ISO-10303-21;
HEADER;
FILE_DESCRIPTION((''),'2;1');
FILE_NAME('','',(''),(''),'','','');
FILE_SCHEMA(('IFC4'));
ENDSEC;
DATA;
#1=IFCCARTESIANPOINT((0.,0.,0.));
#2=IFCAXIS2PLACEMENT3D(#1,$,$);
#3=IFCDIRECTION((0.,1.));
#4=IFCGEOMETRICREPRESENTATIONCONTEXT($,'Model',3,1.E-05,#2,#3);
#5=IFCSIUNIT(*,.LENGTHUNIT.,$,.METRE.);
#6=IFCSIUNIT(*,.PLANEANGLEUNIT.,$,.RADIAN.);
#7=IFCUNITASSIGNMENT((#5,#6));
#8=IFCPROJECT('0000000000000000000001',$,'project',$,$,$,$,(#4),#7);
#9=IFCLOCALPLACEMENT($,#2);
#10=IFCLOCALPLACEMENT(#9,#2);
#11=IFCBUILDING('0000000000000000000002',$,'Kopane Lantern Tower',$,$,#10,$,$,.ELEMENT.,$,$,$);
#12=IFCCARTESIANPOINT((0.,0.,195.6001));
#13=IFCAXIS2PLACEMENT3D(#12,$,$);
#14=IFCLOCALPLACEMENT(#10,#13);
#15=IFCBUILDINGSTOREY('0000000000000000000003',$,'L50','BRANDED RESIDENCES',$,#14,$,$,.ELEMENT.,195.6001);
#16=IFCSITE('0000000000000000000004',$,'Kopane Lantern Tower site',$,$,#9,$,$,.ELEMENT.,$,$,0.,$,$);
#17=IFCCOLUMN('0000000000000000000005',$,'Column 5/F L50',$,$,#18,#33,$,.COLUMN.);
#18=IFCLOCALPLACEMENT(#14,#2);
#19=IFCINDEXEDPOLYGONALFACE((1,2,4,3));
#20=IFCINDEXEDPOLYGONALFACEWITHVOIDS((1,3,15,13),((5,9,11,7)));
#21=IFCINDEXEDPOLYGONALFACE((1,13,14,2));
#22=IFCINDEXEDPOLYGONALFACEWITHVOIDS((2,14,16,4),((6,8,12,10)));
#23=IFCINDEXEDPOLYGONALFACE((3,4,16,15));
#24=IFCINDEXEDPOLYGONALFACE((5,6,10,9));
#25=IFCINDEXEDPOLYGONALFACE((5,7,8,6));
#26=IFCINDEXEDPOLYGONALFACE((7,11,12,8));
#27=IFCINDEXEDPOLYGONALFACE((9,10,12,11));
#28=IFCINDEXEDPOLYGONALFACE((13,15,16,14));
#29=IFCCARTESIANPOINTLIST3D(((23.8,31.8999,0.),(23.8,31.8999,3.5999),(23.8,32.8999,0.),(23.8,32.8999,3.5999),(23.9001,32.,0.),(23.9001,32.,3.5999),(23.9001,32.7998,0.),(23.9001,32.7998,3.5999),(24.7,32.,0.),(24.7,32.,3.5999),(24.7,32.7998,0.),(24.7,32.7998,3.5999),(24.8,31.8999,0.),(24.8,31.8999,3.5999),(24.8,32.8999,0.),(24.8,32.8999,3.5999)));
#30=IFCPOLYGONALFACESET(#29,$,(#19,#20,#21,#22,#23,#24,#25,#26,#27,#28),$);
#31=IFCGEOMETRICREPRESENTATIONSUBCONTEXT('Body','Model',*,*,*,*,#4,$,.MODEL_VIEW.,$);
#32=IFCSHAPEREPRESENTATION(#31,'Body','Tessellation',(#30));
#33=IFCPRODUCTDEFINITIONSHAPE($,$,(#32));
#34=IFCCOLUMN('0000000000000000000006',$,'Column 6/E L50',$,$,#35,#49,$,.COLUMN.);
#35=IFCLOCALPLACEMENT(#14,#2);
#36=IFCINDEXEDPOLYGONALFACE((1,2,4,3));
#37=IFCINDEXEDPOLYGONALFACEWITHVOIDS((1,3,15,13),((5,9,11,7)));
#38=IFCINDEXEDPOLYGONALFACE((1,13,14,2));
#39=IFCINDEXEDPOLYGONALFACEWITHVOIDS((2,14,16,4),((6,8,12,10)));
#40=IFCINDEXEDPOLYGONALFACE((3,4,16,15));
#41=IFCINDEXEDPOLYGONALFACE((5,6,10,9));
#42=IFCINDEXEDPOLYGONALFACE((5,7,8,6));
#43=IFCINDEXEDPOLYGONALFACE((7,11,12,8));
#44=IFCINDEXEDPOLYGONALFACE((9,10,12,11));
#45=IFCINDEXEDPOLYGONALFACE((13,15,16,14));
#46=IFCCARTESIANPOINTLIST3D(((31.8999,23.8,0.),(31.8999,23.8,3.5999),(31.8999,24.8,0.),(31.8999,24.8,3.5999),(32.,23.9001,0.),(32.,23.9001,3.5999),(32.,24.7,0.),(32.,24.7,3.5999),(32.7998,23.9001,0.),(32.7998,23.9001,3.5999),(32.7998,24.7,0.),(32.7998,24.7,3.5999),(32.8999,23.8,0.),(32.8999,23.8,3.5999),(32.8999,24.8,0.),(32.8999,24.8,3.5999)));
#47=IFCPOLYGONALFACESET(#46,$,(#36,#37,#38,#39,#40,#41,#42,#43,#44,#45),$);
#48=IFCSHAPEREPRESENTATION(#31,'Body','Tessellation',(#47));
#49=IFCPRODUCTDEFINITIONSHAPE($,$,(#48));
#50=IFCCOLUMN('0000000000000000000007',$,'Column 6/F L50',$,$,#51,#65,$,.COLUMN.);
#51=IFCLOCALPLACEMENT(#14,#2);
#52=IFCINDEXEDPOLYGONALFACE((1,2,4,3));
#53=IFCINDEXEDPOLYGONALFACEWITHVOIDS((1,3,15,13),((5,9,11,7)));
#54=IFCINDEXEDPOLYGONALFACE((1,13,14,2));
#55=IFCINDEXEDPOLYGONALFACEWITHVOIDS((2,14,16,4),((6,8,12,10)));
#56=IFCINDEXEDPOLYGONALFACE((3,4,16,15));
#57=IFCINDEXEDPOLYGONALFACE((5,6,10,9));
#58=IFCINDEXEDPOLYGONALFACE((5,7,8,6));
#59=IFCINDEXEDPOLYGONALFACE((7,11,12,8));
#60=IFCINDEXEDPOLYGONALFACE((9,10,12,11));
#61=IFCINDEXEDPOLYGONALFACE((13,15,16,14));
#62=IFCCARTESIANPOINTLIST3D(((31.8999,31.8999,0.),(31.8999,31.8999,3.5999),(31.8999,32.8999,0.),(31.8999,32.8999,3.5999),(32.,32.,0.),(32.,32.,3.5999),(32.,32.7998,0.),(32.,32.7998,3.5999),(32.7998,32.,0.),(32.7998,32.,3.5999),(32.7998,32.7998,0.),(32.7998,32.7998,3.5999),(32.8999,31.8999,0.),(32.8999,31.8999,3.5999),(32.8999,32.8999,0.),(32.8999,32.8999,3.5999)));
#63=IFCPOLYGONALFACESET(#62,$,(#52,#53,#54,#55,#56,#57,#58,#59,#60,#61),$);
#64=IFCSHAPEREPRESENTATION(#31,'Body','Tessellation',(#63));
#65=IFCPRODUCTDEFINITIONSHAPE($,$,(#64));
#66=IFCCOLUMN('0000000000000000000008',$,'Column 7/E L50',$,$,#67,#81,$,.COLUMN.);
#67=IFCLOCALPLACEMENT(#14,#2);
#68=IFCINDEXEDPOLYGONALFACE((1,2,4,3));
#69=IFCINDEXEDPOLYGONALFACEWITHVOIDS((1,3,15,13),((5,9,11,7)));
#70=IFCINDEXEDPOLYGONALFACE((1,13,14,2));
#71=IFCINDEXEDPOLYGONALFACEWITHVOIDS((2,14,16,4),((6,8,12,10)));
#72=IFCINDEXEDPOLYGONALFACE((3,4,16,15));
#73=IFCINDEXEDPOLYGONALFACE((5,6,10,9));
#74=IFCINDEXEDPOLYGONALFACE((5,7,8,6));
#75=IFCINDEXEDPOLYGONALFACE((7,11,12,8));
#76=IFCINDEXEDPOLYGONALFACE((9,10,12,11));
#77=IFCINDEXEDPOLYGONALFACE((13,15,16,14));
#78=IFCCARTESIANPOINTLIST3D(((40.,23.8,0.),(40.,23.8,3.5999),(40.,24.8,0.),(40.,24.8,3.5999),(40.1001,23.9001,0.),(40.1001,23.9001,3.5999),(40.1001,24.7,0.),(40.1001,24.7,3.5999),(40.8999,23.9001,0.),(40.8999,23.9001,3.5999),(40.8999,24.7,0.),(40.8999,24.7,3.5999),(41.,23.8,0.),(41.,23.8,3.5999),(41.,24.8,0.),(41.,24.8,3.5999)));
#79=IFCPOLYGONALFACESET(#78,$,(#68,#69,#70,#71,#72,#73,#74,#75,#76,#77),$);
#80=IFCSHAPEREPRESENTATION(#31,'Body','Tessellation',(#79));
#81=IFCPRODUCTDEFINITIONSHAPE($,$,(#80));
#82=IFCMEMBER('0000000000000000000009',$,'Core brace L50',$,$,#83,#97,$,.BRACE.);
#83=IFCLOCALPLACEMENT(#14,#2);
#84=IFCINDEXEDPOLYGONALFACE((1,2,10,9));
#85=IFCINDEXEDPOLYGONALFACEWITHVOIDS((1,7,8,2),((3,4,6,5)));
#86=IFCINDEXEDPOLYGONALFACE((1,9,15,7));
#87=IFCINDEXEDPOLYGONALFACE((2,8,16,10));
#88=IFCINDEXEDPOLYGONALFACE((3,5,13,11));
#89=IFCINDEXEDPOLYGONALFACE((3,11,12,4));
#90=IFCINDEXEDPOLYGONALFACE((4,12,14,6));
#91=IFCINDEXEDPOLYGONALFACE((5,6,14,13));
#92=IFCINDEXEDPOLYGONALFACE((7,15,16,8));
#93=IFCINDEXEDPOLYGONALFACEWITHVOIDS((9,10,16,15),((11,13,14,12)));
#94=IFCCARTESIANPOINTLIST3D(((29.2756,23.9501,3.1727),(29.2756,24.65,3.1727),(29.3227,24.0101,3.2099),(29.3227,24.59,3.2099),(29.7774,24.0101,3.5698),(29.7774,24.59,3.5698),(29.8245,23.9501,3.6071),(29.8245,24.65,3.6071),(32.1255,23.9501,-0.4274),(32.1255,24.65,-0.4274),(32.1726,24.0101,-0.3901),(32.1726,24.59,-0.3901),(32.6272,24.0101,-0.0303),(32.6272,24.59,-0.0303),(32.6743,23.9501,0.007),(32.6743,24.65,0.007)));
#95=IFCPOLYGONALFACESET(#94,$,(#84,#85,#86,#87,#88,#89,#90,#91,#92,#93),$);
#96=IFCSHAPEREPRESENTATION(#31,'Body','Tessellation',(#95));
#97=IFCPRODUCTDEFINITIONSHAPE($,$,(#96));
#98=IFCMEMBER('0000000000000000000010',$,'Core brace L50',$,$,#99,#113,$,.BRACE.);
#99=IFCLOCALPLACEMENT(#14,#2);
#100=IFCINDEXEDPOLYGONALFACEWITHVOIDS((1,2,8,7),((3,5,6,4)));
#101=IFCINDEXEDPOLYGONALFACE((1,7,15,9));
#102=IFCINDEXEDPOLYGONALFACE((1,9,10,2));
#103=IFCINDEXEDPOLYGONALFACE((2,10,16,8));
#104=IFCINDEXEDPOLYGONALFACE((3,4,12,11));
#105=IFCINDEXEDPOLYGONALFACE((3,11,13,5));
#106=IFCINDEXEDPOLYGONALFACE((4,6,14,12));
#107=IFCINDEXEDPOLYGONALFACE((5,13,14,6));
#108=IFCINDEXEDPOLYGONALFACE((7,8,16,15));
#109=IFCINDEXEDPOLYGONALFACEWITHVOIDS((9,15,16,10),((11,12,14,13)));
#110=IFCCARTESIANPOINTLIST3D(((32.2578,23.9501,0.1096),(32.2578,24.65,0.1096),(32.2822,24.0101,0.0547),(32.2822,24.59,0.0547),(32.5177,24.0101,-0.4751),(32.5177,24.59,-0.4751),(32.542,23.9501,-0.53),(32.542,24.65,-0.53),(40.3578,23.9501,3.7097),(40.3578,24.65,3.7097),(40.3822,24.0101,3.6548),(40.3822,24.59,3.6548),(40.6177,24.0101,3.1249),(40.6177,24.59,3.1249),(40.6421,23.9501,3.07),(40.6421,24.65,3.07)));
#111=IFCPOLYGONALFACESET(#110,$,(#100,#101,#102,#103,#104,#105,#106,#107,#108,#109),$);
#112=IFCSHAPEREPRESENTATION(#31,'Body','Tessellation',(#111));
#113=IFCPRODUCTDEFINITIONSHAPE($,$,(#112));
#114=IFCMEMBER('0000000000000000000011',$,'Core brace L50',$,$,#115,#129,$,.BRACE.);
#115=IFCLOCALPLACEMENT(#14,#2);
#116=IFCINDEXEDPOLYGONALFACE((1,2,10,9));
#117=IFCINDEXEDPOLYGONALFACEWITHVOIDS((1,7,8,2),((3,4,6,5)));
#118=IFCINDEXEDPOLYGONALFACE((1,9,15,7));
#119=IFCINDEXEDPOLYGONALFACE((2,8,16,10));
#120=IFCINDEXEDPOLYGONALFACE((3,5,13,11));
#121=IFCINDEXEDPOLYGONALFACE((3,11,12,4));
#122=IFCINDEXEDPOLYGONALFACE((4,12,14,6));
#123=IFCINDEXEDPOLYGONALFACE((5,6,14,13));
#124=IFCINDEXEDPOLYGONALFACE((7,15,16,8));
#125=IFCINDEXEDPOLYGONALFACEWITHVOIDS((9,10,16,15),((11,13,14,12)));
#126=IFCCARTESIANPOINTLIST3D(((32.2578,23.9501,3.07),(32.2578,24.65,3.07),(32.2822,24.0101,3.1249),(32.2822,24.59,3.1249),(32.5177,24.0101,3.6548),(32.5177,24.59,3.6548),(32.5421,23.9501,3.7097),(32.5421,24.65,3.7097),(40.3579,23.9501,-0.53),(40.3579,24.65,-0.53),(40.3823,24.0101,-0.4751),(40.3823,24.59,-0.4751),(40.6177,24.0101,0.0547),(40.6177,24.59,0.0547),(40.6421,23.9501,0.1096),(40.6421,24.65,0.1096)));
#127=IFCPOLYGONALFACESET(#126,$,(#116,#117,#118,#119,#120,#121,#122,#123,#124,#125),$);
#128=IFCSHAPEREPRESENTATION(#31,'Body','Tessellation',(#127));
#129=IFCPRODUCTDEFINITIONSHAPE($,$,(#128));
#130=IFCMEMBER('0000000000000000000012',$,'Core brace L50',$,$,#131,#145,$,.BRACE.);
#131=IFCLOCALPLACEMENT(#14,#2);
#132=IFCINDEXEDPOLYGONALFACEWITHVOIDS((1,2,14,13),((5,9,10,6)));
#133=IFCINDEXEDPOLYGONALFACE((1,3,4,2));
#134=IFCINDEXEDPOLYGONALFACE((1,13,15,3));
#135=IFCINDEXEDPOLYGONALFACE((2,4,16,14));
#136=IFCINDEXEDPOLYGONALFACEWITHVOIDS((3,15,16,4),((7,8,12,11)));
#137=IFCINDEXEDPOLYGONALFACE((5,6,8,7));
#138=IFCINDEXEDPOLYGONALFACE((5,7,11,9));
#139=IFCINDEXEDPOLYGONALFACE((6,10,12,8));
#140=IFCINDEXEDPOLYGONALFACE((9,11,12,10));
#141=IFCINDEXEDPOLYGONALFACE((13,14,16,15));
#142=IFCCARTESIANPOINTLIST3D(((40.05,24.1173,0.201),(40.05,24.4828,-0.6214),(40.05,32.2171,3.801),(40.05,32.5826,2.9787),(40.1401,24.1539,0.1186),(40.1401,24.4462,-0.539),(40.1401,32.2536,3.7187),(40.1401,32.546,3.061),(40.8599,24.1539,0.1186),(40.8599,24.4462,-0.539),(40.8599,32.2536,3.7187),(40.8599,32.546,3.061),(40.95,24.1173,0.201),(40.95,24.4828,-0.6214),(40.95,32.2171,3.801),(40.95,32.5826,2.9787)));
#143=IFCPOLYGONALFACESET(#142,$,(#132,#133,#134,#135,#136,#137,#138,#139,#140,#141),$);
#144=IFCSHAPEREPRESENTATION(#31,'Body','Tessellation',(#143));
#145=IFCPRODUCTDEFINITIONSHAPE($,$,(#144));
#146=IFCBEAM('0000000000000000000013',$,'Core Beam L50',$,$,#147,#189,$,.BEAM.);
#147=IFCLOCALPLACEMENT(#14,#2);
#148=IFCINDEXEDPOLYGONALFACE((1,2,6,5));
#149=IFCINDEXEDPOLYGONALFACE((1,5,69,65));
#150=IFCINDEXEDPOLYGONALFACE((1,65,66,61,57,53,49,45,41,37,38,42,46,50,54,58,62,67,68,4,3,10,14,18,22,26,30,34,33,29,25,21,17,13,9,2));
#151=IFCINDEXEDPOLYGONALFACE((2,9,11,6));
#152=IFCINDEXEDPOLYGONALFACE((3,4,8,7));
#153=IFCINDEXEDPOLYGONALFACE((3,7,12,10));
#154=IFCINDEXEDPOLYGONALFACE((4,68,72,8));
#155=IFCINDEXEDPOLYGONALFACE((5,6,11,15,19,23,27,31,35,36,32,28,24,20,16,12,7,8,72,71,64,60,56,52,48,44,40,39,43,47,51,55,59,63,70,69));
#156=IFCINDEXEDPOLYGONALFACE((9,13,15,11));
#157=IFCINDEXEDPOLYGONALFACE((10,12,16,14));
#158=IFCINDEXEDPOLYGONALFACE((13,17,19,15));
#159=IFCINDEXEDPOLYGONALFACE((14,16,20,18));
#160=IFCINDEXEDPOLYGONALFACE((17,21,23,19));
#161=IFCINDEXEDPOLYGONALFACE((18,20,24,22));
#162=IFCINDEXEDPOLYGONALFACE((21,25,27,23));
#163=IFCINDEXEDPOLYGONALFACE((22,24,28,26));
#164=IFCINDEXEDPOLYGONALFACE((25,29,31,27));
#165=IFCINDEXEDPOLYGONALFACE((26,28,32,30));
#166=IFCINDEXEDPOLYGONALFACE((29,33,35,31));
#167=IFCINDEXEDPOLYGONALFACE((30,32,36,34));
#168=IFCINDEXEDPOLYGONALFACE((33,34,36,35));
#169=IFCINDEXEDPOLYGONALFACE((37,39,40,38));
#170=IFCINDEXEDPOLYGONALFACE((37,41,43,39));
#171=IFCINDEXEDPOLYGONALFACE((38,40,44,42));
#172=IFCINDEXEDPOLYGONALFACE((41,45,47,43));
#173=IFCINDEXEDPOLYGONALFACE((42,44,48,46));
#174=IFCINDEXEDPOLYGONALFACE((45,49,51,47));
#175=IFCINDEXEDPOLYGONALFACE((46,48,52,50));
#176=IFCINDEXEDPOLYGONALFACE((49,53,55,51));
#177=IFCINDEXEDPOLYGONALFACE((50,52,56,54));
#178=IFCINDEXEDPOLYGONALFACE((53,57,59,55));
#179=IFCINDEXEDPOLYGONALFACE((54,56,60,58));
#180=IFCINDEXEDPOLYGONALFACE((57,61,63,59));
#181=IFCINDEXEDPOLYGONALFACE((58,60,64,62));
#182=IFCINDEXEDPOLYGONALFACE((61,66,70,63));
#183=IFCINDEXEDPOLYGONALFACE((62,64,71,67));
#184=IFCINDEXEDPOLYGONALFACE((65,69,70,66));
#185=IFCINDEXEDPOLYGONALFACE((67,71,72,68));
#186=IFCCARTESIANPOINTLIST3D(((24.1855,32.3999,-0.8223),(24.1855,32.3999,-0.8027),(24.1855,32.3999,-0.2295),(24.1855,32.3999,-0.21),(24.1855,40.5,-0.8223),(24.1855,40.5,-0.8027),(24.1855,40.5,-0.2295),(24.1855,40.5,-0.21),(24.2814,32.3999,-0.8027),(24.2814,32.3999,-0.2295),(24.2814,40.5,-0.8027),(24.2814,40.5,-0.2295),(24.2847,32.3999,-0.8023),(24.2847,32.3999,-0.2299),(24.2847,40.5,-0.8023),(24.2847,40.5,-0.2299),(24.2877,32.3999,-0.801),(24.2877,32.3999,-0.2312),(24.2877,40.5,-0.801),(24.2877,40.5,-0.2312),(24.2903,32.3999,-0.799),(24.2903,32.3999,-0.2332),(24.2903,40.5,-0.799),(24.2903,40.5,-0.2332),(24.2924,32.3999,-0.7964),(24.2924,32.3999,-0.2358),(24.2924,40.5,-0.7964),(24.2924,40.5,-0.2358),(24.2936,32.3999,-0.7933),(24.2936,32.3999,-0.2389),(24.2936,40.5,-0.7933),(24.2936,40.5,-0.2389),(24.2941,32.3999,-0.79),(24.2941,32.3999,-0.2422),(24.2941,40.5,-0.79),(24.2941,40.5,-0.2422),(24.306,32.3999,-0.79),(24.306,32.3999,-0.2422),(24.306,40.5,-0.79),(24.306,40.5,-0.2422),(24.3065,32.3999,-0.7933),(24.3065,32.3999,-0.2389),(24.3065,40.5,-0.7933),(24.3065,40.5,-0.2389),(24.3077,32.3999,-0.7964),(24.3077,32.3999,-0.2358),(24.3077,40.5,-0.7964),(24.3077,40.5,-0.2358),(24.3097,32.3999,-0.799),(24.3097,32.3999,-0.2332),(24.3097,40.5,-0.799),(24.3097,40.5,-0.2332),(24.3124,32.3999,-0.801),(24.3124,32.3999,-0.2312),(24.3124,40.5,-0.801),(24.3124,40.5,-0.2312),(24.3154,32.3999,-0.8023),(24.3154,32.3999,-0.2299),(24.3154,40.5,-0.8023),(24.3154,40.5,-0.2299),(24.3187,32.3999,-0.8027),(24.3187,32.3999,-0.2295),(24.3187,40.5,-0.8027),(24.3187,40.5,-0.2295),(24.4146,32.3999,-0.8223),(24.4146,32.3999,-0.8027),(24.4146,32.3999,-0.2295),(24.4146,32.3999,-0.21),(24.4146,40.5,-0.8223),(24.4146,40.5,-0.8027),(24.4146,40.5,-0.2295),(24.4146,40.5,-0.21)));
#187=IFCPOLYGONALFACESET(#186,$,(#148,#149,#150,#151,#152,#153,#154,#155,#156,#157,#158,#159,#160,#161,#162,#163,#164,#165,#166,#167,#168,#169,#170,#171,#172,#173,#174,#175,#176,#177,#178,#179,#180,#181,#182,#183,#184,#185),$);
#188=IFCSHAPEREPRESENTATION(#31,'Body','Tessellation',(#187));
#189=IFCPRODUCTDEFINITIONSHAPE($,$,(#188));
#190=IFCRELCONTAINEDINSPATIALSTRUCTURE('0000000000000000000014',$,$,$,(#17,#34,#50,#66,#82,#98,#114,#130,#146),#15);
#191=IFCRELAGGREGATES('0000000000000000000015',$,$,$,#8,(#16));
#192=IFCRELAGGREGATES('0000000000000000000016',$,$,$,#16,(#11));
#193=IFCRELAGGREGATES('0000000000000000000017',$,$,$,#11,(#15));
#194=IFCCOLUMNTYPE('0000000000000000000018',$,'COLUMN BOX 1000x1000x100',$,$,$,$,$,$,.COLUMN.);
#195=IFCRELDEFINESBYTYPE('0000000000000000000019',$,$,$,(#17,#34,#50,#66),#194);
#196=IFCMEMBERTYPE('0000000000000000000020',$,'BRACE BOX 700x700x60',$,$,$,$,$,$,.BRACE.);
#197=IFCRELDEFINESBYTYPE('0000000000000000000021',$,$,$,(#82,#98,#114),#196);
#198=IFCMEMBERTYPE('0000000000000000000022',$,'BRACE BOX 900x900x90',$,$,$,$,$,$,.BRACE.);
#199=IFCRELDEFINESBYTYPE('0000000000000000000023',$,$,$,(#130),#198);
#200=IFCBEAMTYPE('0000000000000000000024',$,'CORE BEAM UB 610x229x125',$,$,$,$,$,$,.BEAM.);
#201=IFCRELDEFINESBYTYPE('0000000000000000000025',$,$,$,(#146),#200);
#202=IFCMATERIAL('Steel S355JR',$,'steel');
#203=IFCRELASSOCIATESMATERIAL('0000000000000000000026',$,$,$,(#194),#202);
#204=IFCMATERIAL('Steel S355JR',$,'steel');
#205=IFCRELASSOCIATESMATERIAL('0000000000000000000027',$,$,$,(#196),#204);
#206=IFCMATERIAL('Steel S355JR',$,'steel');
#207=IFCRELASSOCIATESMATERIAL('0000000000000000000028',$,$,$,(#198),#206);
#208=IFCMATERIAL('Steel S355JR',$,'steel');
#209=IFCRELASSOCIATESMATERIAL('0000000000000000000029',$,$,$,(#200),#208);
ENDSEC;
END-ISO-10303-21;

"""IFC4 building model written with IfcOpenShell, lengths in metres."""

from ifc_helpers import new_model, si_unit, direction, frame, origin, origin_2d, place, context, subcontext, project, spatial, hollow_rectangle, i_section, extrude, material, material_profile, profile_set, type_object, element, save


model = new_model("IFC4")

# Units and contexts
model_context = context("Model", 3, precision=1e-05, world=origin(), true_north=direction((0.0, 1.0)))
body_context = subcontext(model_context, "Body", "Model", "MODEL_VIEW")
ifc_project = project(units=[si_unit("LENGTHUNIT", "METRE"), si_unit("PLANEANGLEUNIT", "RADIAN")], contexts=[model_context])

# Site, building, storey
site_placement = place(None, origin())
site = spatial("IfcSite", under=ifc_project, at=site_placement, Name="Kopane Lantern Tower site", CompositionType="ELEMENT", RefElevation=0.0)
building_placement = place(site_placement, origin())
building = spatial("IfcBuilding", under=site, at=building_placement, Name="Kopane Lantern Tower", CompositionType="ELEMENT")
storey_placement = place(building_placement, frame((0.0, 0.0, 195.6001)))
storey = spatial("IfcBuildingStorey", under=building, at=storey_placement, Name="L50", Description="BRANDED RESIDENCES", CompositionType="ELEMENT", Elevation=195.6001)

# Columns
ifc_material_1 = material(Name="Steel S355JR", Category="steel")
ifc_material_profile_1 = material_profile(ifc_material_1, hollow_rectangle(XDim=1.0, YDim=1.0, WallThickness=0.1001, at=origin_2d()), Name="BOX 1000x1000x100")
ifc_profile_set_1 = profile_set([ifc_material_profile_1], Name="Steel S355JR")
column_type = type_object("IfcColumnType", Name="COLUMN BOX 1000x1000x100", PredefinedType="COLUMN", material=ifc_profile_set_1)
for number, where, z_axis, x_axis, name in (
    (1, (24.3, 32.3999, 0.0), (0.0, 0.0, 1.0), (1.0, 0.0, 0.0), "Column 5/F L50"),
    (2, (32.3999, 24.3, 0.0), (0.0, 0.0, 1.0), (1.0, 0.0, 0.0), "Column 6/E L50"),
    (3, (32.3999, 32.3999, 0.0), (0.0, 0.0, 1.0), (1.0, 0.0, 0.0), "Column 6/F L50"),
    (4, (40.5, 24.3, 0.0), (0.0, 0.0, 1.0), (1.0, 0.0, 0.0), "Column 7/E L50"),
):
    element("IfcColumn", number, at=place(storey_placement, frame(where, z_axis=z_axis, x_axis=x_axis)), inside=storey, type_object=column_type, Name=name, PredefinedType="COLUMN", context=body_context, shape_type="SweptSolid", body=[
        extrude(hollow_rectangle(XDim=1.0, YDim=1.0, WallThickness=0.1001, at=origin_2d()), origin(), (0.0, 0.0, 1.0), 3.5999),
    ])

# Members
ifc_material_2 = material(Name="Steel S355JR", Category="steel")
ifc_material_profile_2 = material_profile(ifc_material_2, hollow_rectangle(XDim=0.7, YDim=0.7, WallThickness=0.0601, at=origin_2d()), Name="BOX 700x700x60")
ifc_profile_set_2 = profile_set([ifc_material_profile_2], Name="Steel S355JR")
member_type_1 = type_object("IfcMemberType", Name="BRACE BOX 700x700x60", PredefinedType="BRACE", material=ifc_profile_set_2)
member_1_placement = place(storey_placement, frame((32.3999, 24.3, -0.2102), z_axis=(-0.620673, 0.0, 0.78407), x_axis=(0.0, -1.0, 0.0)))
element("IfcMember", 5, at=member_1_placement, inside=storey, type_object=member_type_1, Name="Core brace L50", PredefinedType="BRACE", context=body_context, shape_type="SweptSolid", body=[
    extrude(hollow_rectangle(XDim=0.7, YDim=0.7, WallThickness=0.0601, at=origin_2d()), origin(), (0.0, 0.0, 1.0), 4.5916),
])
for number, where, z_axis, x_axis, name in (
    (6, (32.3999, 24.3, -0.2102), (0.913809, 0.0, 0.406144), (0.0, 1.0, 0.0), "Core brace L50"),
    (7, (40.5, 24.3, -0.2102), (-0.913809, 0.0, 0.406144), (0.0, -1.0, 0.0), "Core brace L50"),
):
    element("IfcMember", number, at=place(storey_placement, frame(where, z_axis=z_axis, x_axis=x_axis)), inside=storey, type_object=member_type_1, Name=name, PredefinedType="BRACE", context=body_context, shape_type="SweptSolid", body=[
        extrude(hollow_rectangle(XDim=0.7, YDim=0.7, WallThickness=0.0601, at=origin_2d()), origin(), (0.0, 0.0, 1.0), 8.864),
    ])
ifc_material_3 = material(Name="Steel S355JR", Category="steel")
ifc_material_profile_3 = material_profile(ifc_material_3, hollow_rectangle(XDim=0.8999, YDim=0.8999, WallThickness=0.0901, at=origin_2d()), Name="BOX 900x900x90")
ifc_profile_set_3 = profile_set([ifc_material_profile_3], Name="Steel S355JR")
member_type_2 = type_object("IfcMemberType", Name="BRACE BOX 900x900x90", PredefinedType="BRACE", material=ifc_profile_set_3)
member_2_placement = place(storey_placement, frame((40.5, 24.3, -0.2102), z_axis=(0.0, 0.913805, 0.406154), x_axis=(-1.0, 0.0, 0.0)))
element("IfcMember", 8, at=member_2_placement, inside=storey, type_object=member_type_2, Name="Core brace L50", PredefinedType="BRACE", context=body_context, shape_type="SweptSolid", body=[
    extrude(hollow_rectangle(XDim=0.8999, YDim=0.8999, WallThickness=0.0901, at=origin_2d()), origin(), (0.0, 0.0, 1.0), 8.8638),
])

# Beam
ifc_material_4 = material(Name="Steel S355JR", Category="steel")
ifc_material_profile_4 = material_profile(ifc_material_4, i_section(OverallWidth=0.229, OverallDepth=0.6123, WebThickness=0.012, FlangeThickness=0.0195, FilletRadius=0.0127, at=origin_2d()), Name="UB 610x229x125")
ifc_profile_set_4 = profile_set([ifc_material_profile_4], Name="Steel S355JR")
beam_type_1 = type_object("IfcBeamType", Name="CORE BEAM UB 610x229x125", PredefinedType="BEAM", material=ifc_profile_set_4)
beam_1_placement = place(storey_placement, frame((24.3, 32.3999, -0.5161), z_axis=(0.0, 1.0, 0.0), x_axis=(-1.0, 0.0, 0.0)))
element("IfcBeam", 9, at=beam_1_placement, inside=storey, type_object=beam_type_1, Name="Core Beam L50", PredefinedType="BEAM", context=body_context, shape_type="SweptSolid", body=[
    extrude(i_section(OverallWidth=0.229, OverallDepth=0.6123, WebThickness=0.012, FlangeThickness=0.0195, FilletRadius=0.0127, at=origin_2d()), origin(), (0.0, 0.0, 1.0), 8.1001),
])

save(model, "model.ifc")
